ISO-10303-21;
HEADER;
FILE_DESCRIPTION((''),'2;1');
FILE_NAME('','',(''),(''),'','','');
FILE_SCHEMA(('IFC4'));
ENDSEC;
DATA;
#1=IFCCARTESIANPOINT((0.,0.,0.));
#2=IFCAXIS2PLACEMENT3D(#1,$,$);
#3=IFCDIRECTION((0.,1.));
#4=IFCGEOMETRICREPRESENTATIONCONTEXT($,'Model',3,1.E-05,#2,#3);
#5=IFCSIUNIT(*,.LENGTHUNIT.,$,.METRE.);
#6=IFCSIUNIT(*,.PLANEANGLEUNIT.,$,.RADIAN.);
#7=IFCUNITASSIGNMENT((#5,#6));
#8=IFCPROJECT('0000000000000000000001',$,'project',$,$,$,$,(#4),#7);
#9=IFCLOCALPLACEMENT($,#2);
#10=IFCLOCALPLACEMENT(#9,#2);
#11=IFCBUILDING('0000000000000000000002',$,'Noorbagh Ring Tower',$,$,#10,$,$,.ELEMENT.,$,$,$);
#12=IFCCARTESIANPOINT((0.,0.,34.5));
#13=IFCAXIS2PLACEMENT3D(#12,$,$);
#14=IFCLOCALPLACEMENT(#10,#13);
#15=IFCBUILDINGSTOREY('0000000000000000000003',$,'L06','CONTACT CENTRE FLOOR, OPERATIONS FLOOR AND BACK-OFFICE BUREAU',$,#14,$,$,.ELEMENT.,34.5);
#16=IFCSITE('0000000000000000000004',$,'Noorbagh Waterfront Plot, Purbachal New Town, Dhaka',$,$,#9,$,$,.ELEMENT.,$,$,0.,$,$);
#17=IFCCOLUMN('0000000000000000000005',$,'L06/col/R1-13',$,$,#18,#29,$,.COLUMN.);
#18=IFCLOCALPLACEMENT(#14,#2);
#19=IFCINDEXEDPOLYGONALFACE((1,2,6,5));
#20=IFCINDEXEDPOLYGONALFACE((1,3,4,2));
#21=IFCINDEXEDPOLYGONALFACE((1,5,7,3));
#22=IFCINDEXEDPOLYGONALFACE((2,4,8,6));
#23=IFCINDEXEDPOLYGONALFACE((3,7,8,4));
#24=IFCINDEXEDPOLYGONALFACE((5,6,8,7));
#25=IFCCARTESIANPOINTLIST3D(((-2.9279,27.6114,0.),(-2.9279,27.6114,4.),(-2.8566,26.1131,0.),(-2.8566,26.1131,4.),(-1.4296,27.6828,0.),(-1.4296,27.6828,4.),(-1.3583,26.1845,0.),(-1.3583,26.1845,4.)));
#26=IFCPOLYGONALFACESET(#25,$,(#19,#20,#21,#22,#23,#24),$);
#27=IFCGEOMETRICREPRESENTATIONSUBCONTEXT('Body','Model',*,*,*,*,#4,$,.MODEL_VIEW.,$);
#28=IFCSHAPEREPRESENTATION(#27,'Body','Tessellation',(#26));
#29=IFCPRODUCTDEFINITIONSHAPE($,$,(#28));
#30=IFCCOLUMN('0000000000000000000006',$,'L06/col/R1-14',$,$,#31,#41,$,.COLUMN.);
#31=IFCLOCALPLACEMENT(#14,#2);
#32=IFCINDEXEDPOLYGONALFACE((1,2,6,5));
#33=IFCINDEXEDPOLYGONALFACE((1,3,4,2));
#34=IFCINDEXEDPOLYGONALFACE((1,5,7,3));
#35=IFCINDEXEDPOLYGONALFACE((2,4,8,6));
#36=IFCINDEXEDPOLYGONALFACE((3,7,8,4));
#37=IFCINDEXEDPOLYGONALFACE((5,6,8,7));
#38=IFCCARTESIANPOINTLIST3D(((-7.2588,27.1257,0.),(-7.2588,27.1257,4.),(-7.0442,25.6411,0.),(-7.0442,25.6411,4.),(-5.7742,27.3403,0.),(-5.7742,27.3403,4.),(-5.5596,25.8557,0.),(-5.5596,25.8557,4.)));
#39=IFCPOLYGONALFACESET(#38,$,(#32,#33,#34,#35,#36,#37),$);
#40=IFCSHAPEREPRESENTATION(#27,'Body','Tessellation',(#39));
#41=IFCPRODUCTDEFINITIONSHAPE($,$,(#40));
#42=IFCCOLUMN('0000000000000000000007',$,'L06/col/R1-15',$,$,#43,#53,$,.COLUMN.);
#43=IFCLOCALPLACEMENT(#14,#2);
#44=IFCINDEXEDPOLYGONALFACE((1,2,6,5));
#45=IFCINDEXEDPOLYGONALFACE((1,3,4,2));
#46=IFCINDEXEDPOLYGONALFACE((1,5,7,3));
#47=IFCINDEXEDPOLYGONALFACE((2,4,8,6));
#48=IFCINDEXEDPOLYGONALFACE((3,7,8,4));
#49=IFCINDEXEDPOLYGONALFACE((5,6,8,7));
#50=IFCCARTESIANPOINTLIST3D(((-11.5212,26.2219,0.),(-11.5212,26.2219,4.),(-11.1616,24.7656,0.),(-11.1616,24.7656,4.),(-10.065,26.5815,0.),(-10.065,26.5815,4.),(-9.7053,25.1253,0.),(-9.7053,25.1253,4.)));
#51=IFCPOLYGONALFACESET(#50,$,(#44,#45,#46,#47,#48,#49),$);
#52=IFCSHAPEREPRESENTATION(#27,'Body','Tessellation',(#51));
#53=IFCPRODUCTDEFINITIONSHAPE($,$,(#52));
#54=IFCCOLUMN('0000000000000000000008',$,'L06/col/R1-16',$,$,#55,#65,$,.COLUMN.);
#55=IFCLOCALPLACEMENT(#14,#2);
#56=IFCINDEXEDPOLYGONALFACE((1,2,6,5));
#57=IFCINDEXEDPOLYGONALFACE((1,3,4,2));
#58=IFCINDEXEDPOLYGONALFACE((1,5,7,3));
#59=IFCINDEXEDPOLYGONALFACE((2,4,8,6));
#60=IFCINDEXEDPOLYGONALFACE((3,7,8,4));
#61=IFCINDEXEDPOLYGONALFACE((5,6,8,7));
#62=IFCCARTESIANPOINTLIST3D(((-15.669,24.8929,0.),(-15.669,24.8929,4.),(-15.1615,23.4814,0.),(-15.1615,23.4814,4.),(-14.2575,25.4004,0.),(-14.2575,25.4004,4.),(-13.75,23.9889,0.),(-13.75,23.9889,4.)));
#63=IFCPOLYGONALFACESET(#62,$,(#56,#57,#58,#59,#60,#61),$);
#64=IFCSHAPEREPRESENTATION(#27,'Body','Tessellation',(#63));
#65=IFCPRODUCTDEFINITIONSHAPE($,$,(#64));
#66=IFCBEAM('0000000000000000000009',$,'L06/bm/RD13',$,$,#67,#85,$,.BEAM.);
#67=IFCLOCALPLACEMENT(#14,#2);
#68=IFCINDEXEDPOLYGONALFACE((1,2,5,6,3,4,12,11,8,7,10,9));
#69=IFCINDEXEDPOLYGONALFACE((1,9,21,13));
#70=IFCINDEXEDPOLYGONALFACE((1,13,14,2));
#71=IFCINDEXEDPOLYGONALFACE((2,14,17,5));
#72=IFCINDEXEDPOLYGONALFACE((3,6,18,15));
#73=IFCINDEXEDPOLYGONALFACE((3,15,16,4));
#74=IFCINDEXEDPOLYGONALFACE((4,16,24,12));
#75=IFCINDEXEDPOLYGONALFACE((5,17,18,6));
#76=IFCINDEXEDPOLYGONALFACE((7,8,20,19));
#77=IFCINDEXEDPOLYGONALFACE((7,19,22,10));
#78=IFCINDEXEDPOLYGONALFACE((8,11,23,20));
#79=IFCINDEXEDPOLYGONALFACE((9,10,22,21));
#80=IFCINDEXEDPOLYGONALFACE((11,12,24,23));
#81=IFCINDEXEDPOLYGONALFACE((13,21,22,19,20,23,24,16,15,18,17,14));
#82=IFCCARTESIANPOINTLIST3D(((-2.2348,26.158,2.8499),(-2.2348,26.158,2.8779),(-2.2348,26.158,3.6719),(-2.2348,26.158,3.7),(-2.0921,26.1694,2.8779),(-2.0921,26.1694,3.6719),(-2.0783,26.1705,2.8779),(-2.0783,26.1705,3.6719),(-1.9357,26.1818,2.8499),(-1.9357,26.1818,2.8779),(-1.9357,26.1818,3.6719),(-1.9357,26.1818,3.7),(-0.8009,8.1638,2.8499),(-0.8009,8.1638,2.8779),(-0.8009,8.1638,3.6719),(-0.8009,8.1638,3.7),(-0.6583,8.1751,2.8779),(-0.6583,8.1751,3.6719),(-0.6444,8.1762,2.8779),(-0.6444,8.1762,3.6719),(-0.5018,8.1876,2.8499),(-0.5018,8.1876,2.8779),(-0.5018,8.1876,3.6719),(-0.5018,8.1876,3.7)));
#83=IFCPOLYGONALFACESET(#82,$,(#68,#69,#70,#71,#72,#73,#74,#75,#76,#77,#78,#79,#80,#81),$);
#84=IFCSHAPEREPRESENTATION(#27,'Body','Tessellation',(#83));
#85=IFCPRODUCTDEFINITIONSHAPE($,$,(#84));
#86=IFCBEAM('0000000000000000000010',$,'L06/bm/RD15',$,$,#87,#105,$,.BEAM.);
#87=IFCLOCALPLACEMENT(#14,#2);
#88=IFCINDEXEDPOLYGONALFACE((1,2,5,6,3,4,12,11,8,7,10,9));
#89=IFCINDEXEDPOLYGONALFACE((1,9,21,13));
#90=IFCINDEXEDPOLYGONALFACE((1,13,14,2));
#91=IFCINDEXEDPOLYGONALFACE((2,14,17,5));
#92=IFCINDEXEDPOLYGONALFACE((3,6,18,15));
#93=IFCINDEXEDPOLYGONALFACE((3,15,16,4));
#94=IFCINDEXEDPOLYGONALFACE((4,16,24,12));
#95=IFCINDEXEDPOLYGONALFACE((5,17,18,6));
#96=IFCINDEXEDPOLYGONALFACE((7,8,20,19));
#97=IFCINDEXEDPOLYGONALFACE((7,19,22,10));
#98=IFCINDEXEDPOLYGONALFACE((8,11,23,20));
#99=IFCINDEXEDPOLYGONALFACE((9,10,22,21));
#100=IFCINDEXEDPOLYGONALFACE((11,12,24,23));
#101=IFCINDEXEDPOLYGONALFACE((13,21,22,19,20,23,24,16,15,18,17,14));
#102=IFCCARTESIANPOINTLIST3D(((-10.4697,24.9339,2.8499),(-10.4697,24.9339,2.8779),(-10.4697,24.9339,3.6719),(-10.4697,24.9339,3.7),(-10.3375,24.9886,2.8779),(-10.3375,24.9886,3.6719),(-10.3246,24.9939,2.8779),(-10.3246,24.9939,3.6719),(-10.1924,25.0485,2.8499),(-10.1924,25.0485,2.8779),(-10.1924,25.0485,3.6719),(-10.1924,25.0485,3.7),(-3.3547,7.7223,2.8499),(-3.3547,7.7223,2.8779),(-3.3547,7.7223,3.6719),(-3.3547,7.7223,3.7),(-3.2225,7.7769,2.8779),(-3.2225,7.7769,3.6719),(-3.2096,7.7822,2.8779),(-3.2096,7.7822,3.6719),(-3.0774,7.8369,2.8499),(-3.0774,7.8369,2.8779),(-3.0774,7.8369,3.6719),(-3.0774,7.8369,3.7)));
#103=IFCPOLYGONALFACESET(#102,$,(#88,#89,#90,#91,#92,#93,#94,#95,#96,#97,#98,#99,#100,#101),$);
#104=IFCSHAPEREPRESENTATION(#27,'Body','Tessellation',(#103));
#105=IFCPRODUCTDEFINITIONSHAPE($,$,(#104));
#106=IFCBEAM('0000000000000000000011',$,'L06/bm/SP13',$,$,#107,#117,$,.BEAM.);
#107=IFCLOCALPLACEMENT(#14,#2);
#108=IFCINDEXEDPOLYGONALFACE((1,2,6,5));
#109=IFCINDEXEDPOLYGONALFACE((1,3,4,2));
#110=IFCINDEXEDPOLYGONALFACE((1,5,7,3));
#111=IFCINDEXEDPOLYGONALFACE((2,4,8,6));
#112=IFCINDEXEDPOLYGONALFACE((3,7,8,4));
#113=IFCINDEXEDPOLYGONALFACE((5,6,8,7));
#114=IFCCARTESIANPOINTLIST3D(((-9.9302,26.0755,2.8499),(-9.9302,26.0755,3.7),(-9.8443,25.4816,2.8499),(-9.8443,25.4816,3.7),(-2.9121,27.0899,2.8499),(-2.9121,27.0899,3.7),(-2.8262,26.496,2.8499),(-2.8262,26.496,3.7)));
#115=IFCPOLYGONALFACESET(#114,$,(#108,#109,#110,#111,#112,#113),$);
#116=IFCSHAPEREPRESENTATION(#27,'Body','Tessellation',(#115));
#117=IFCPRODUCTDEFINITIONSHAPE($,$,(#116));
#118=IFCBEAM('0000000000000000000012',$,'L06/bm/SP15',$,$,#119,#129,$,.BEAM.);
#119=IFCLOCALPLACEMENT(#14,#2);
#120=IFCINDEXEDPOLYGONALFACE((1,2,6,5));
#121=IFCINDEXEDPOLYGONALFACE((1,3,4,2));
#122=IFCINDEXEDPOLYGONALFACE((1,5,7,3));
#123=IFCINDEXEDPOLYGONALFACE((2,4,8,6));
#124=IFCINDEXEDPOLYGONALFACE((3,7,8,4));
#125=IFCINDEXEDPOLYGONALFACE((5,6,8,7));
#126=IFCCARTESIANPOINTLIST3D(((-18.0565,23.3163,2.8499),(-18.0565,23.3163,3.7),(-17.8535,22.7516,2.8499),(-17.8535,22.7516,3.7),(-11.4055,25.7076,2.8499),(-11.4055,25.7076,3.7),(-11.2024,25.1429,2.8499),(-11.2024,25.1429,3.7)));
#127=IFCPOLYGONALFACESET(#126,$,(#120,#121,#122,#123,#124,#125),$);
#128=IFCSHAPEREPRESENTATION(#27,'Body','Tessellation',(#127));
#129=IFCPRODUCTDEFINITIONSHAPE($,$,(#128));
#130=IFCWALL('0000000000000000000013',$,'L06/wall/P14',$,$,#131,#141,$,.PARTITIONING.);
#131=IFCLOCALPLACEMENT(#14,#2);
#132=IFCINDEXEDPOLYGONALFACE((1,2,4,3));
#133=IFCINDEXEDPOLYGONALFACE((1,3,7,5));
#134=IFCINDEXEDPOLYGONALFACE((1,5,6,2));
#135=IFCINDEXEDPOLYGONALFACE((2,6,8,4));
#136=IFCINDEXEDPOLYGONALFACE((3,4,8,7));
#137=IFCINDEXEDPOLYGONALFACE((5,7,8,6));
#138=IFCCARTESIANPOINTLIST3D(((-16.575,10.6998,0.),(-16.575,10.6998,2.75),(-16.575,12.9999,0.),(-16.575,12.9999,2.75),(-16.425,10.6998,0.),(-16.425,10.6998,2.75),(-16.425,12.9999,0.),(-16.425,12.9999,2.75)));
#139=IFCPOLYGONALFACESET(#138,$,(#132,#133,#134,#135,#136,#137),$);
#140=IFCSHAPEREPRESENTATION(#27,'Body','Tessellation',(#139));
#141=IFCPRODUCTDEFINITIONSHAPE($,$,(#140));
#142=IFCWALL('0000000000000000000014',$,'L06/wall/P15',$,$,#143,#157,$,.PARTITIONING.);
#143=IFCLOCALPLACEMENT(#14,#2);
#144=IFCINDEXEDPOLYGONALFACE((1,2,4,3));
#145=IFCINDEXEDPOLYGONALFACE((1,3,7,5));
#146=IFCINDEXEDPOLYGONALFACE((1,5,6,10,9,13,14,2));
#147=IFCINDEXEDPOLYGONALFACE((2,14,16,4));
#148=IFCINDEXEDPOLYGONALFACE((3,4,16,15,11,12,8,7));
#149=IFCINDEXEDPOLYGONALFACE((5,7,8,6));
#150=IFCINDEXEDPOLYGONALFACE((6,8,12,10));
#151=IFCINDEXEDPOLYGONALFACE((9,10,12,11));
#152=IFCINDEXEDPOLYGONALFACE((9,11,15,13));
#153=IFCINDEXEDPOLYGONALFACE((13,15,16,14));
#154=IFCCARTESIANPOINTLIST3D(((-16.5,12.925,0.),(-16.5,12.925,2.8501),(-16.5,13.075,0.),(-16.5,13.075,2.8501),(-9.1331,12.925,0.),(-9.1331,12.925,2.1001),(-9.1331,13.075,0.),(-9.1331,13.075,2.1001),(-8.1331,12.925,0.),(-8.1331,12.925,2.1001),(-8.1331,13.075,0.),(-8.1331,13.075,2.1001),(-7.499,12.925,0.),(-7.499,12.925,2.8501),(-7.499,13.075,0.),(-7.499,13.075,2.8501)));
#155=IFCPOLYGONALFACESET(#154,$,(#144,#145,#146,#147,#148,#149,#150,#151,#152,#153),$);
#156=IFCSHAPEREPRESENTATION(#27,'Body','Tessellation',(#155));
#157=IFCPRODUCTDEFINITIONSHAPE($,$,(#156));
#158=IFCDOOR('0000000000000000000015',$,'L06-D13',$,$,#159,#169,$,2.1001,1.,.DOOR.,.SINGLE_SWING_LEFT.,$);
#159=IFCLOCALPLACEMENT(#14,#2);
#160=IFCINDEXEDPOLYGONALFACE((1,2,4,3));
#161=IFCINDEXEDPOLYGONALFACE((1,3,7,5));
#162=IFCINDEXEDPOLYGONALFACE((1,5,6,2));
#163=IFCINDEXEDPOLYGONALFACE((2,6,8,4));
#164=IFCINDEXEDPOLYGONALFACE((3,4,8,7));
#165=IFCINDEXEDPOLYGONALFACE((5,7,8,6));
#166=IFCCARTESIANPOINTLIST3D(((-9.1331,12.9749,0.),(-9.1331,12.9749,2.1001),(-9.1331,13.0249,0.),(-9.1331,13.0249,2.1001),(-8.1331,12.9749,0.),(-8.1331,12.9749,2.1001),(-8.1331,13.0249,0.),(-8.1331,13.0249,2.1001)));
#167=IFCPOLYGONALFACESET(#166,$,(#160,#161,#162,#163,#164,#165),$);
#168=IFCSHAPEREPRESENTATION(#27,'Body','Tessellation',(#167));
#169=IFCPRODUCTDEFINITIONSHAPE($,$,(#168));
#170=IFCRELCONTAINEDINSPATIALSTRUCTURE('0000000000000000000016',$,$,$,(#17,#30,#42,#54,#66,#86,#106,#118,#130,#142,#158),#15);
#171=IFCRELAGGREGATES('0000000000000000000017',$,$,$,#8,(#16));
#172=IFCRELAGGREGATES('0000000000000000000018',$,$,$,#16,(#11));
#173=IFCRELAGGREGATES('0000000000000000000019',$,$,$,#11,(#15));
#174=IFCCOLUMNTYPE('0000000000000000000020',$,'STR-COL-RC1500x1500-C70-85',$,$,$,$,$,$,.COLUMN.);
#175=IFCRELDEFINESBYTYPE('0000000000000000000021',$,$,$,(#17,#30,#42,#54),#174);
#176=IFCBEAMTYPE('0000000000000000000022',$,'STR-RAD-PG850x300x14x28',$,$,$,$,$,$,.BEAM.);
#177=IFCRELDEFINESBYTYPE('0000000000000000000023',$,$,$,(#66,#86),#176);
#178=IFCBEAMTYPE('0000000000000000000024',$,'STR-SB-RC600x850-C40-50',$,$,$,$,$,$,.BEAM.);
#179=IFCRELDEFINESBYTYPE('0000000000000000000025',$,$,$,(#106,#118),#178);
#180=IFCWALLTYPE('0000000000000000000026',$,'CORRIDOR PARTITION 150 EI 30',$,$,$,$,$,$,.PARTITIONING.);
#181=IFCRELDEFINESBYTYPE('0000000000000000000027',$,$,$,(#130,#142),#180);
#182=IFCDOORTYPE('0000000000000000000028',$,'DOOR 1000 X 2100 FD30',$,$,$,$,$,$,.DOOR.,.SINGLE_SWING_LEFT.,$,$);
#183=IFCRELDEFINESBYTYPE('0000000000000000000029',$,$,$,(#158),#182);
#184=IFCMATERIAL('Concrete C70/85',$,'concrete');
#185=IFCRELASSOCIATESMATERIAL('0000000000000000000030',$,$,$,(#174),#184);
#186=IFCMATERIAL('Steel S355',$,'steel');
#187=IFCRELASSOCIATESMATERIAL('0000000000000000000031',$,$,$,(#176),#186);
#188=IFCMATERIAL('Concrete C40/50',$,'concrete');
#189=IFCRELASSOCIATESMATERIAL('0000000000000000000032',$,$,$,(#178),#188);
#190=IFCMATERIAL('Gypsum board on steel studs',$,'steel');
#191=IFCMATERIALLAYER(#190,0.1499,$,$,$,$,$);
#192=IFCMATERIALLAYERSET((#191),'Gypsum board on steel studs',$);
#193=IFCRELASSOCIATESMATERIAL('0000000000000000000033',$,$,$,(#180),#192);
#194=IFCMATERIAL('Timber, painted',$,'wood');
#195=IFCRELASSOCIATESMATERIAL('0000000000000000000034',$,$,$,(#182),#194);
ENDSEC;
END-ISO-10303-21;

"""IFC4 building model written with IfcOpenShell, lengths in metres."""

from ifc_helpers import new_model, si_unit, direction, frame, frame_2d, origin, origin_2d, place, context, subcontext, project, spatial, rectangle, i_section, extrude, material, layer, layer_set, material_profile, profile_set, type_object, element, fill, save


model = new_model("IFC4")

# Units and contexts
model_context = context("Model", 3, precision=1e-05, world=origin(), true_north=direction((0.0, 1.0)))
body_context = subcontext(model_context, "Body", "Model", "MODEL_VIEW")
ifc_project = project(units=[si_unit("LENGTHUNIT", "METRE"), si_unit("PLANEANGLEUNIT", "RADIAN")], contexts=[model_context])

# Site, building, storey
site_placement = place(None, origin())
site = spatial("IfcSite", under=ifc_project, at=site_placement, Name="Noorbagh Waterfront Plot, Purbachal New Town, Dhaka", CompositionType="ELEMENT", RefElevation=0.0)
building_placement = place(site_placement, origin())
building = spatial("IfcBuilding", under=site, at=building_placement, Name="Noorbagh Ring Tower", CompositionType="ELEMENT")
storey_placement = place(building_placement, frame((0.0, 0.0, 34.5)))
storey = spatial("IfcBuildingStorey", under=building, at=storey_placement, Name="L06", Description="CONTACT CENTRE FLOOR, OPERATIONS FLOOR AND BACK-OFFICE BUREAU", CompositionType="ELEMENT", Elevation=34.5)

# Columns
ifc_material_1 = material(Name="Concrete C70/85", Category="concrete")
ifc_material_profile_1 = material_profile(ifc_material_1, rectangle(XDim=1.5, YDim=1.5, at=origin_2d()), Name="RC1500x1500")
ifc_profile_set_1 = profile_set([ifc_material_profile_1], Name="Concrete C70/85")
column_type = type_object("IfcColumnType", Name="STR-COL-RC1500x1500-C70-85", PredefinedType="COLUMN", material=ifc_profile_set_1)
for number, where, z_axis, x_axis, name in (
    (1, (-2.1431, 26.8979, 0.0), (0.0, 0.0, 1.0), (-0.998869, -0.047553, 0.0), "L06/col/R1-13"),
    (2, (-6.4092, 26.4907, 0.0), (0.0, 0.0, 1.0), (-0.989713, -0.143066, 0.0), "L06/col/R1-14"),
    (3, (-10.6133, 25.6736, 0.0), (0.0, 0.0, 1.0), (-0.970829, -0.239771, 0.0), "L06/col/R1-15"),
    (4, (-14.7095, 24.4409, 0.0), (0.0, 0.0, 1.0), (-0.941025, -0.338338, 0.0), "L06/col/R1-16"),
):
    element("IfcColumn", number, at=place(storey_placement, frame(where, z_axis=z_axis, x_axis=x_axis)), inside=storey, type_object=column_type, Name=name, PredefinedType="COLUMN", context=body_context, shape_type="SweptSolid", body=[
        extrude(rectangle(XDim=1.5, YDim=1.5, at=origin_2d()), origin(), (0.0, 0.0, 1.0), 4.0),
    ])

# Beams
ifc_material_2 = material(Name="Steel S355", Category="steel")
ifc_material_profile_2 = material_profile(ifc_material_2, i_section(OverallWidth=0.3, OverallDepth=0.8501, WebThickness=0.0139, FlangeThickness=0.0281, at=origin_2d()), Name="PG850x300x14x28")
ifc_profile_set_2 = profile_set([ifc_material_profile_2], Name="Steel S355")
beam_type_1 = type_object("IfcBeamType", Name="STR-RAD-PG850x300x14x28", PredefinedType="BEAM", material=ifc_profile_set_2)
beam_1_placement = place(storey_placement, frame((-2.0852, 26.1699, 3.2749), z_axis=(0.079432, -0.99684, 0.0), x_axis=(0.99684, 0.079432, 0.0)))
element("IfcBeam", 5, at=beam_1_placement, inside=storey, type_object=beam_type_1, Name="L06/bm/RD13", PredefinedType="BEAM", context=body_context, shape_type="SweptSolid", body=[
    extrude(i_section(OverallWidth=0.3, OverallDepth=0.8501, WebThickness=0.0139, FlangeThickness=0.0281, at=origin_2d()), origin(), (0.0, 0.0, 1.0), 18.0513),
])
beam_2_placement = place(storey_placement, frame((-10.3311, 24.9912, 3.2749), z_axis=(0.382027, -0.924151, 0.0), x_axis=(0.924151, 0.382027, 0.0)))
element("IfcBeam", 6, at=beam_2_placement, inside=storey, type_object=beam_type_1, Name="L06/bm/RD15", PredefinedType="BEAM", context=body_context, shape_type="SweptSolid", body=[
    extrude(i_section(OverallWidth=0.3, OverallDepth=0.8501, WebThickness=0.0139, FlangeThickness=0.0281, at=origin_2d()), origin(), (0.0, 0.0, 1.0), 18.6243),
])
ifc_material_3 = material(Name="Concrete C40/50", Category="concrete")
ifc_material_profile_3 = material_profile(ifc_material_3, rectangle(XDim=0.6001, YDim=0.8501, at=origin_2d()), Name="RC600x850")
ifc_profile_set_3 = profile_set([ifc_material_profile_3], Name="Concrete C40/50")
beam_type_2 = type_object("IfcBeamType", Name="STR-SB-RC600x850-C40-50", PredefinedType="BEAM", material=ifc_profile_set_3)
beam_3_placement = place(storey_placement, frame((-2.8691, 26.793, 3.2749), z_axis=(-0.989715, -0.143055, 0.0), x_axis=(0.143055, -0.989715, 0.0)))
element("IfcBeam", 7, at=beam_3_placement, inside=storey, type_object=beam_type_2, Name="L06/bm/SP13", PredefinedType="BEAM", context=body_context, shape_type="SweptSolid", body=[
    extrude(rectangle(XDim=0.6001, YDim=0.8501, at=origin_2d()), origin(), (0.0, 0.0, 1.0), 7.0911),
])
beam_4_placement = place(storey_placement, frame((-11.304, 25.4253, 3.2749), z_axis=(-0.941025, -0.338338, 0.0), x_axis=(0.338338, -0.941025, 0.0)))
element("IfcBeam", 8, at=beam_4_placement, inside=storey, type_object=beam_type_2, Name="L06/bm/SP15", PredefinedType="BEAM", context=body_context, shape_type="SweptSolid", body=[
    extrude(rectangle(XDim=0.6001, YDim=0.8501, at=origin_2d()), origin(), (0.0, 0.0, 1.0), 7.0679),
])

# Wall
ifc_material_4 = material(Name="Gypsum board on steel studs", Category="steel")
ifc_layer_1 = layer(ifc_material_4, 0.1499)
ifc_layer_set_1 = layer_set([ifc_layer_1], Name="Gypsum board on steel studs")
wall_type_1 = type_object("IfcWallType", Name="CORRIDOR PARTITION 150 EI 30", PredefinedType="PARTITIONING", material=ifc_layer_set_1)
wall_1_placement = place(storey_placement, frame((-16.5, 10.7, 0.0), z_axis=(0.0, 0.0, 1.0), x_axis=(0.0, 1.0, 0.0)))
element("IfcWall", 9, at=wall_1_placement, inside=storey, type_object=wall_type_1, Name="L06/wall/P14", PredefinedType="PARTITIONING", context=body_context, shape_type="SweptSolid", body=[
    extrude(rectangle(XDim=2.3, YDim=0.1499, at=frame_2d((1.1499, 0.0))), origin(), (0.0, 0.0, 1.0), 2.75),
])

# Wall, opening, door
wall_2_placement = place(storey_placement, frame((-16.5, 13.0, 0.0), z_axis=(0.0, 0.0, 1.0), x_axis=(1.0, 0.0, 0.0)))
wall_2 = element("IfcWall", 10, at=wall_2_placement, inside=storey, type_object=wall_type_1, Name="L06/wall/P15", PredefinedType="PARTITIONING", context=body_context, shape_type="SweptSolid", body=[
    extrude(rectangle(XDim=9.001, YDim=0.1499, at=frame_2d((4.5005, 0.0))), origin(), (0.0, 0.0, 1.0), 2.8501),
])
opening_1_placement = place(wall_2_placement, frame((7.3669, 0.0, 0.0)))
opening_1 = element("IfcOpeningElement", 11, at=opening_1_placement, cuts=wall_2, PredefinedType="OPENING", context=body_context, shape_type="SweptSolid", body=[
    extrude(rectangle(XDim=1.0, YDim=2.1001, at=frame_2d((0.5, 1.05))), frame((0.0, 0.085, 0.0), z_axis=(0.0, -1.0, 0.0), x_axis=(1.0, 0.0, 0.0)), (0.0, 0.0, 1.0), 0.1699),
])
ifc_material_5 = material(Name="Timber, painted", Category="wood")
door_type = type_object("IfcDoorType", Name="DOOR 1000 X 2100 FD30", OperationType="SINGLE_SWING_LEFT", PredefinedType="DOOR", material=ifc_material_5)
door_1_placement = place(opening_1_placement, origin())
door_1 = element("IfcDoor", 12, at=door_1_placement, inside=storey, type_object=door_type, Name="L06-D13", OperationType="SINGLE_SWING_LEFT", OverallHeight=2.1001, OverallWidth=1.0, PredefinedType="DOOR", context=body_context, shape_type="SweptSolid", body=[
    extrude(rectangle(XDim=1.0, YDim=2.1001, at=frame_2d((0.5, 1.05))), frame((0.0, 0.0249, 0.0), z_axis=(0.0, -1.0, 0.0), x_axis=(1.0, 0.0, 0.0)), (0.0, 0.0, 1.0), 0.05),
])
fill(opening_1, door_1)

save(model, "model.ifc")
